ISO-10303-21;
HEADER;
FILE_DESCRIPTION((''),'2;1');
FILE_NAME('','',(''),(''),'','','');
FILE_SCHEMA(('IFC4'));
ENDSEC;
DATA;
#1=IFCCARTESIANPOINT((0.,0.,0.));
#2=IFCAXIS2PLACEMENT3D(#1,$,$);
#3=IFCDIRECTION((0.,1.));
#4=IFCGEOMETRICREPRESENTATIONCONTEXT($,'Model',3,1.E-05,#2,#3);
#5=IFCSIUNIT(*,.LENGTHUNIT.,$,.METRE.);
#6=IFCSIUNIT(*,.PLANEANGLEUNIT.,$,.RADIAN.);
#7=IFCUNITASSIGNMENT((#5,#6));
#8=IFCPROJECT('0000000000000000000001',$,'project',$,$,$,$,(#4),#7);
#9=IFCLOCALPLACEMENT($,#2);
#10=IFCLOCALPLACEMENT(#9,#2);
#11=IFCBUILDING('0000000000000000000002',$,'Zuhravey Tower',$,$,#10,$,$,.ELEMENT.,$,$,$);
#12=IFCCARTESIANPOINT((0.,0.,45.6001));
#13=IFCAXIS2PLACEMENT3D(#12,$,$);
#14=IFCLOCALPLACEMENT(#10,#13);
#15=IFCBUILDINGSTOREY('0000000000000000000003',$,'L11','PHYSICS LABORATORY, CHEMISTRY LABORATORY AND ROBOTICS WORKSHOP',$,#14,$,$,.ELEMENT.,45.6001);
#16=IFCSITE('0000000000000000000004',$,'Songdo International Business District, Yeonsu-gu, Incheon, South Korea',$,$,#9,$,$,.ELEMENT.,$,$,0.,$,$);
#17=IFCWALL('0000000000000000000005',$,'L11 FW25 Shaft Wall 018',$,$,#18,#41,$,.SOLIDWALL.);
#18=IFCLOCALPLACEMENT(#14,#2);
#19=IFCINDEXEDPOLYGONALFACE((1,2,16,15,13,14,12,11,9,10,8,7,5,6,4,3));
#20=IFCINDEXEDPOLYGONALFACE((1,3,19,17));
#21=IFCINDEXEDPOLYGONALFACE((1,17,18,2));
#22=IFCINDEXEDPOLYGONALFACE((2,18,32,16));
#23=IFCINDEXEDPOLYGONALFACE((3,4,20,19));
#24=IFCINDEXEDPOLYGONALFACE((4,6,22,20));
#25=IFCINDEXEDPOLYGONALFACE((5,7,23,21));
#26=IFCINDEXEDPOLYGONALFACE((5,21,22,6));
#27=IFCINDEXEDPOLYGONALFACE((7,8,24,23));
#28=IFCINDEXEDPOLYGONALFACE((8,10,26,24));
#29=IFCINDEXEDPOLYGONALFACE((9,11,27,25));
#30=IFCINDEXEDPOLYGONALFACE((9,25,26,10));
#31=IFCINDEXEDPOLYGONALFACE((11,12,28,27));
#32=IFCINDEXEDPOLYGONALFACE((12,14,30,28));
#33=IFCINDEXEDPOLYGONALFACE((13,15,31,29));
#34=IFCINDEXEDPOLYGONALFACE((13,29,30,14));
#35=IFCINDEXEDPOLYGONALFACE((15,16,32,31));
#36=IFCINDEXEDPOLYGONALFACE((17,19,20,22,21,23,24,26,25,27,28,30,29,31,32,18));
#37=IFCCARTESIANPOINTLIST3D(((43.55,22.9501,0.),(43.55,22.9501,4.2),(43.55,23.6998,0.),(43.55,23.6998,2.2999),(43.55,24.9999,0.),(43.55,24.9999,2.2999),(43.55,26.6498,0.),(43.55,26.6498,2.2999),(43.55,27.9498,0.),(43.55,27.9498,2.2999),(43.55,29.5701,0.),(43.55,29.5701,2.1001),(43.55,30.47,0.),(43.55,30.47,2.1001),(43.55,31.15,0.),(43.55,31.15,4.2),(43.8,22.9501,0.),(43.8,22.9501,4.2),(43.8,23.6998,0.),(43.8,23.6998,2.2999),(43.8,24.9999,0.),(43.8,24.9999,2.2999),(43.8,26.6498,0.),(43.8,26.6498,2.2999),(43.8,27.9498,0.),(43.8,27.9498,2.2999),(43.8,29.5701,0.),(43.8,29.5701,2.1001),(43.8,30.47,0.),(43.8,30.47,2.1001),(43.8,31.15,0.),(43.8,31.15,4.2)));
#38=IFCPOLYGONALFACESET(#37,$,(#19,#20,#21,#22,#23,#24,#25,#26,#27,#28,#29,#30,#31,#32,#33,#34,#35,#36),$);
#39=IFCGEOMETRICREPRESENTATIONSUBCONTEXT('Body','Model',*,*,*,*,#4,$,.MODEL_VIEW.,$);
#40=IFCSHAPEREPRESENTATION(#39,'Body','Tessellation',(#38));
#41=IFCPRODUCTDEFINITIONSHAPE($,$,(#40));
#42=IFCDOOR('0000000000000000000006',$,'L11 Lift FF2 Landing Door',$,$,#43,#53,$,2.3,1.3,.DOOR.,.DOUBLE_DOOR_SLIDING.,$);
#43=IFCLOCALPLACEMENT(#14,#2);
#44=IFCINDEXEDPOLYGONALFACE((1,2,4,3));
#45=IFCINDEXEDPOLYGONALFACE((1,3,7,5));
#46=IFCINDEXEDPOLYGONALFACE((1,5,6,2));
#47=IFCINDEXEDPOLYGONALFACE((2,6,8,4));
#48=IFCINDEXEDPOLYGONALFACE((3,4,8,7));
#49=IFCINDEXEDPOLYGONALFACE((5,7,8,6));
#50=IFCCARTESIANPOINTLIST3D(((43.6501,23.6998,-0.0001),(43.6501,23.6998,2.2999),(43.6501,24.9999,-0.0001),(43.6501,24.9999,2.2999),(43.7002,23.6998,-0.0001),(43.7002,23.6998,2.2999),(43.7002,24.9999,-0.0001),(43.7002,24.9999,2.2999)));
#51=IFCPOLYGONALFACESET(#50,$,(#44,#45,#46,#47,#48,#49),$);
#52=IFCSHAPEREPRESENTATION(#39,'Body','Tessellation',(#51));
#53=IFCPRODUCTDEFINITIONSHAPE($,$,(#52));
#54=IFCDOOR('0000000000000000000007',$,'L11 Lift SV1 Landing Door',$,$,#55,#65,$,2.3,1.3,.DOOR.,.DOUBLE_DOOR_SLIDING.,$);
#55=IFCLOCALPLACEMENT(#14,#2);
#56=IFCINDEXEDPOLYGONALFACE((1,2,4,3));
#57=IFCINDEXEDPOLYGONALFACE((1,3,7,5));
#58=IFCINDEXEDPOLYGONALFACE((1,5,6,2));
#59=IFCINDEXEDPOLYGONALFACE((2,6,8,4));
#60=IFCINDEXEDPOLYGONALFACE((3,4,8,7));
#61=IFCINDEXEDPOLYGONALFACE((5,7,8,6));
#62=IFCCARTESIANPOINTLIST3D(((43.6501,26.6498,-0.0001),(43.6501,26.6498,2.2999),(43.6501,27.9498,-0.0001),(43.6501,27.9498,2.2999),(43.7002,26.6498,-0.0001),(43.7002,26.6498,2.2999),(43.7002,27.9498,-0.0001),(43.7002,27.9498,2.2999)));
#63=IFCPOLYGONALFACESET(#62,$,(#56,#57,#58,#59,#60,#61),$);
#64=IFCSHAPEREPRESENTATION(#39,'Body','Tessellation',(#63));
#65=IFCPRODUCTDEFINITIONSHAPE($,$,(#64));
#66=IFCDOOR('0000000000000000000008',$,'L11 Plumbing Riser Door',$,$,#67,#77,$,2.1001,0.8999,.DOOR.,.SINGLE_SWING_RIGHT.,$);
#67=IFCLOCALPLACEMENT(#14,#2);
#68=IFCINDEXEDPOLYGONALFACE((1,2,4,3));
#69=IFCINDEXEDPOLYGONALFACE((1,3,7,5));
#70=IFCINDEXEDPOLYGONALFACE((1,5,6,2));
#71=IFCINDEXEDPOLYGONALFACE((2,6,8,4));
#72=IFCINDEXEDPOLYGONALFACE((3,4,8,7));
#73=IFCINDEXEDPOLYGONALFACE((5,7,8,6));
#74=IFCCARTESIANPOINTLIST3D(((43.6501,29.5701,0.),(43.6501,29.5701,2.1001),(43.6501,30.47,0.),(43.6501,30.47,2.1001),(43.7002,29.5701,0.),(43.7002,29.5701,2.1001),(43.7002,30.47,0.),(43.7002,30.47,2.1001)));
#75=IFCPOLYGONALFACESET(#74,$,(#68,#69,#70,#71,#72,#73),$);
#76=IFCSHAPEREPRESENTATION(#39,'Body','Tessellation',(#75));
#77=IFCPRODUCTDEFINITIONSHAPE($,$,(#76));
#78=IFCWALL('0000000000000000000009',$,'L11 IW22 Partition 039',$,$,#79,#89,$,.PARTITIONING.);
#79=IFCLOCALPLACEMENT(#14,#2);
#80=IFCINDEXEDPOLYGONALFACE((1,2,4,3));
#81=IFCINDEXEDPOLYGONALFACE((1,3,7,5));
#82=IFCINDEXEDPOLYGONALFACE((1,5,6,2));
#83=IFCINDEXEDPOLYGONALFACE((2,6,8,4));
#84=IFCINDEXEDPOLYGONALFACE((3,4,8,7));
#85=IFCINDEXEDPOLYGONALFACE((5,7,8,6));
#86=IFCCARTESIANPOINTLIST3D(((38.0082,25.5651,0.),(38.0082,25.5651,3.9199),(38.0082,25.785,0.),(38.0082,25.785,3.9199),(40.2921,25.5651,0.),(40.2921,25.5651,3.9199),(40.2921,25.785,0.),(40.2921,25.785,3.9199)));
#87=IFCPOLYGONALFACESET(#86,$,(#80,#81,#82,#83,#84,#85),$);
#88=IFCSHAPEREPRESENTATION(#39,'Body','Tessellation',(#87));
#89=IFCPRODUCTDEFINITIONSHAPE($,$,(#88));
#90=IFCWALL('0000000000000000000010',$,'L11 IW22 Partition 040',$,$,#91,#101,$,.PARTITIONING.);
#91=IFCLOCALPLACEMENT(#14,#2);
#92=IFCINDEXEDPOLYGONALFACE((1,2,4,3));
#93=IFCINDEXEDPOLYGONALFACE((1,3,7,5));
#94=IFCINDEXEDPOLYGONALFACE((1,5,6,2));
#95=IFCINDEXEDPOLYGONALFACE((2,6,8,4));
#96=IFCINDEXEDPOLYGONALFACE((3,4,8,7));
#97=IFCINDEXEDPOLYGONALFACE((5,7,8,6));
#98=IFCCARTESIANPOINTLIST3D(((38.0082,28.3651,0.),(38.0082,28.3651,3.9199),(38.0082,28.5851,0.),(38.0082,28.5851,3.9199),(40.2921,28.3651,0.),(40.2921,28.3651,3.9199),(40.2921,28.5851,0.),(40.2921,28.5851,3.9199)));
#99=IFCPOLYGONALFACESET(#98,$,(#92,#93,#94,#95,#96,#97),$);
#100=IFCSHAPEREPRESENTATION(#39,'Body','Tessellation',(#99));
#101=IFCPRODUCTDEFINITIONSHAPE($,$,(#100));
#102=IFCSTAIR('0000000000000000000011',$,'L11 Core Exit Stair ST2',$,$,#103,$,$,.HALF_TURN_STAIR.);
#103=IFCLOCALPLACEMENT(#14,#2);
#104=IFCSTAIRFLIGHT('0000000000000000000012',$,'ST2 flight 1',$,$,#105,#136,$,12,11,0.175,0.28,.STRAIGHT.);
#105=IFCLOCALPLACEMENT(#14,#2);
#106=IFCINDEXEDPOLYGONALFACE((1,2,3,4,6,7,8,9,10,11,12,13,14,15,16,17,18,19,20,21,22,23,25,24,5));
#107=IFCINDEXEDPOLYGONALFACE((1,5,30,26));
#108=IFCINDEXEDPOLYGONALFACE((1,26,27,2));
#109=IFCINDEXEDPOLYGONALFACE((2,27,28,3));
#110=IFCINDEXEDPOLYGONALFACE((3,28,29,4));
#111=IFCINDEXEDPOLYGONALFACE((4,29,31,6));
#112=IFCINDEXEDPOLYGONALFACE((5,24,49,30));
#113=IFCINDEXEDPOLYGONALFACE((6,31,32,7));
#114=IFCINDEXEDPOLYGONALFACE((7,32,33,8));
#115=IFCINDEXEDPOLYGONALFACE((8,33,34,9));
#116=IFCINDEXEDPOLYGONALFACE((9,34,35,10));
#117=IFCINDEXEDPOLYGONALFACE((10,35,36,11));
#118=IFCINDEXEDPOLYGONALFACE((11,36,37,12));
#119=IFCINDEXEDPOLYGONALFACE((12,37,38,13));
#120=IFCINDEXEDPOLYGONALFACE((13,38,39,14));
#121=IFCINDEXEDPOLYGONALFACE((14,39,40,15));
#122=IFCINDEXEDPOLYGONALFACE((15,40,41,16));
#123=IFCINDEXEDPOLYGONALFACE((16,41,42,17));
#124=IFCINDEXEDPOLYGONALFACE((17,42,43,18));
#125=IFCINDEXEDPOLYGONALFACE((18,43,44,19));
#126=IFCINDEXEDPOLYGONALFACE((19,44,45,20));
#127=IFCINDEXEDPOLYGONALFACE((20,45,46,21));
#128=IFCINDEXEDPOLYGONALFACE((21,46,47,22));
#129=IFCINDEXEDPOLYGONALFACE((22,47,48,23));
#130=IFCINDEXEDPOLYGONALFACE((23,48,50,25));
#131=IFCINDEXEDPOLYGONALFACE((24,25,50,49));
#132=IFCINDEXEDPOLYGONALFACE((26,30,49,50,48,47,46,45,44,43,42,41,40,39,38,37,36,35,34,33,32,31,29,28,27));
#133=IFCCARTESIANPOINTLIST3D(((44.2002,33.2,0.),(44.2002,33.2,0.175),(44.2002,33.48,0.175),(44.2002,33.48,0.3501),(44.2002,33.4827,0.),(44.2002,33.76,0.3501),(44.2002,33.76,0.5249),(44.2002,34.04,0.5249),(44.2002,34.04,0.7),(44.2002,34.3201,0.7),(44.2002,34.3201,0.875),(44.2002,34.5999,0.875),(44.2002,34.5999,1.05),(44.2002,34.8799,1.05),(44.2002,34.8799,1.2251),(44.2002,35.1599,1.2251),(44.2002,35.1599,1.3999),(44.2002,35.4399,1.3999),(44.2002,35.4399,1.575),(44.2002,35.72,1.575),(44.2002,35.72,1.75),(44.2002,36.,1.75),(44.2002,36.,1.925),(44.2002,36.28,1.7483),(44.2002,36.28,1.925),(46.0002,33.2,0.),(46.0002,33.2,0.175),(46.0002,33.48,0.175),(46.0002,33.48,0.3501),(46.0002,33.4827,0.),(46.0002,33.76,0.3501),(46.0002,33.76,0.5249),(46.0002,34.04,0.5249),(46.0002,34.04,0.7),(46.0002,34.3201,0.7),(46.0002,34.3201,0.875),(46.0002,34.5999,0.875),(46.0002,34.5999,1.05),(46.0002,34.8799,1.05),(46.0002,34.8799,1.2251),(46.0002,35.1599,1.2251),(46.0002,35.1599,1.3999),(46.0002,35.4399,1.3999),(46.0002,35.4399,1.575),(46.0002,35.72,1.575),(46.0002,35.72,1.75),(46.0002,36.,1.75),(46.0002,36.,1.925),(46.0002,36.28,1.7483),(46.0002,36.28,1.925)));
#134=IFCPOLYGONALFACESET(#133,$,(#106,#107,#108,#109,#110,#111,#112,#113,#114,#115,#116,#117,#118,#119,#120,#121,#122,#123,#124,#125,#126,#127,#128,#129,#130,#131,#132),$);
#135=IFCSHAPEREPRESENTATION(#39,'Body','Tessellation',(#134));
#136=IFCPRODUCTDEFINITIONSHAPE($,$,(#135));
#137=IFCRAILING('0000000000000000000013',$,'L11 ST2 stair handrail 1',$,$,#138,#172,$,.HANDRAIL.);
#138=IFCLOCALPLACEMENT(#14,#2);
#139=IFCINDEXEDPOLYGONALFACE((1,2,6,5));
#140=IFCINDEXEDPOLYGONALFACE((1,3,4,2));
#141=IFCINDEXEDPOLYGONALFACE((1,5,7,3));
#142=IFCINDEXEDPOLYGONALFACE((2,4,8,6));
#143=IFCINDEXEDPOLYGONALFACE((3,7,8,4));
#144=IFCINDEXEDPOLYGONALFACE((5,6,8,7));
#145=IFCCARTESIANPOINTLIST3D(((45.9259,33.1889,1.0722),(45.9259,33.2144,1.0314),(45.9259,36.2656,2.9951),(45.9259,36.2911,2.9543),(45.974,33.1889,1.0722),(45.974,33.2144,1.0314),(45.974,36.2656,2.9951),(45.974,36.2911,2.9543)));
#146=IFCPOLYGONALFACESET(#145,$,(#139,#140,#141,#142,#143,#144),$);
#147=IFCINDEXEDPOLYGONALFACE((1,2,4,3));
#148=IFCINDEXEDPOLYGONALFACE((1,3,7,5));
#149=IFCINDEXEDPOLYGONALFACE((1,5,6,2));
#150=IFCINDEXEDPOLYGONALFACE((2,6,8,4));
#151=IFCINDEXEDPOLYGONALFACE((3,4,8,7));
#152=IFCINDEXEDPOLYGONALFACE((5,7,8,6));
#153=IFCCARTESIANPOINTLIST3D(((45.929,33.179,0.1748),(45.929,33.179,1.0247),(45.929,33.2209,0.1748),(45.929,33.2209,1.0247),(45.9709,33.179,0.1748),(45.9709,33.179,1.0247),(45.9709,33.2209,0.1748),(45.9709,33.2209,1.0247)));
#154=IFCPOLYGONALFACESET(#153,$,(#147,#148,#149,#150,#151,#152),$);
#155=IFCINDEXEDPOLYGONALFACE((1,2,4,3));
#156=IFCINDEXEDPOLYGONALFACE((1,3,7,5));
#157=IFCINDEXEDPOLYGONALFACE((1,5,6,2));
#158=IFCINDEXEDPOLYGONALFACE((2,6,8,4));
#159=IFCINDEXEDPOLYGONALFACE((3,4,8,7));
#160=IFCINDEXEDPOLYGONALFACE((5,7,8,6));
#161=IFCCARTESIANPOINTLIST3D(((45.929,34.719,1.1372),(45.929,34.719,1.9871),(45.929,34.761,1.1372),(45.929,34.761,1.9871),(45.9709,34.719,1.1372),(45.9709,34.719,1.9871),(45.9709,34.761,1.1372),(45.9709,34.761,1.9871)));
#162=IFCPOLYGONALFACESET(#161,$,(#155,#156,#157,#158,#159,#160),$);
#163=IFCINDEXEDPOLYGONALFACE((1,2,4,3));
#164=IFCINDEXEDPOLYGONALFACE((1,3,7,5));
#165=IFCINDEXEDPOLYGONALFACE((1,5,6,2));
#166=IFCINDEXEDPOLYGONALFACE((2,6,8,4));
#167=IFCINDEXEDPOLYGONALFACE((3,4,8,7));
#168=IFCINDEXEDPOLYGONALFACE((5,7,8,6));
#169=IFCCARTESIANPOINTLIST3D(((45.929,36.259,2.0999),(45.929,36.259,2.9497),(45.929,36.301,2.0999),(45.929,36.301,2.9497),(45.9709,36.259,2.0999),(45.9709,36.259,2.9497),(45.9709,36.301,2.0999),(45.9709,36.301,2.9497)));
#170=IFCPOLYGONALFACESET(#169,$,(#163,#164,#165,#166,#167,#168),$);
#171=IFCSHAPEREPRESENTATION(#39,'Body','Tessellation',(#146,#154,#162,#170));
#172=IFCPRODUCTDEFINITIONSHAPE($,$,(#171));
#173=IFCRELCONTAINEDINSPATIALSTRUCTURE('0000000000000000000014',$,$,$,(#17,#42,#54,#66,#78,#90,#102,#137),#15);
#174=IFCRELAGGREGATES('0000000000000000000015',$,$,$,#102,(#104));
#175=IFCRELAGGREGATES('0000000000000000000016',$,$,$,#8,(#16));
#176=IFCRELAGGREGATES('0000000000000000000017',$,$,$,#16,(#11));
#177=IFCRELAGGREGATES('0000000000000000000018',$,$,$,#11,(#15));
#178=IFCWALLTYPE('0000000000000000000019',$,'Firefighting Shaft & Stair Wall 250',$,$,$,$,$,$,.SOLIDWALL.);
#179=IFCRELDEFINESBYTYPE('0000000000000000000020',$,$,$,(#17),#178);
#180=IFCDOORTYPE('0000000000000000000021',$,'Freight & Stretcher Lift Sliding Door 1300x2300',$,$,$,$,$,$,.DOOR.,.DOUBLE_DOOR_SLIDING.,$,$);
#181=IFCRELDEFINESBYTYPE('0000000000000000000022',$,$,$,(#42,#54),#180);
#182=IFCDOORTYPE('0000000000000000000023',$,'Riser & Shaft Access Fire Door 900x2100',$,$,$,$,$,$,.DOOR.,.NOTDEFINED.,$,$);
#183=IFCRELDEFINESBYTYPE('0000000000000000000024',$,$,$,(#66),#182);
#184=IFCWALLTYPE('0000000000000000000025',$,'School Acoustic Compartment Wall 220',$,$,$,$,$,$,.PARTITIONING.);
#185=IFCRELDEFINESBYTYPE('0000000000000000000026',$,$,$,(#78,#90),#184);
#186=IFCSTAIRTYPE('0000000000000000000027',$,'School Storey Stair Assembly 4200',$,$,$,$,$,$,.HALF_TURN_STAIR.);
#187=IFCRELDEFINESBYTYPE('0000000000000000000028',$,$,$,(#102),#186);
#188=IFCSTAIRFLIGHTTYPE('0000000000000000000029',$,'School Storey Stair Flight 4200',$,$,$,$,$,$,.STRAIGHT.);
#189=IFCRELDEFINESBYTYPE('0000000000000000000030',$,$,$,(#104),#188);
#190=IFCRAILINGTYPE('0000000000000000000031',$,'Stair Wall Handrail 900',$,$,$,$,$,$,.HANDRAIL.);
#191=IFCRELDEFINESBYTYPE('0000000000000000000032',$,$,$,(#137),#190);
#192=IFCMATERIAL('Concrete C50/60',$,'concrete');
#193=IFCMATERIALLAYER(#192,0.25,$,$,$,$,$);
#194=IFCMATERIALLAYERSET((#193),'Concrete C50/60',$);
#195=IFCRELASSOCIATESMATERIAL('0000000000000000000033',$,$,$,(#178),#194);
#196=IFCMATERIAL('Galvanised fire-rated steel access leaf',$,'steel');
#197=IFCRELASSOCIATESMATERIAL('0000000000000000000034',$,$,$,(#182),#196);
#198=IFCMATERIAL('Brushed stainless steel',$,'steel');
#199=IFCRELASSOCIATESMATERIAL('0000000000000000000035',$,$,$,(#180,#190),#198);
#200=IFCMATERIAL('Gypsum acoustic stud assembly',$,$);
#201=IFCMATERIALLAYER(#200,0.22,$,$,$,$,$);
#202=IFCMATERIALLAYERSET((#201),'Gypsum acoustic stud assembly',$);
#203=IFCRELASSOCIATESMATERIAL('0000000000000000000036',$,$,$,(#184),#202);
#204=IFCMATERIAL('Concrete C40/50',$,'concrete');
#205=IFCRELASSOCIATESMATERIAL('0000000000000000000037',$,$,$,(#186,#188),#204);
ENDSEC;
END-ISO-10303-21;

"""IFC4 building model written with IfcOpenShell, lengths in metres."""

from ifc_helpers import new_model, si_unit, direction, frame, frame_2d, origin, origin_2d, place, context, subcontext, project, spatial, polyline, rectangle, outline, extrude, material, layer, layer_set, type_object, element, fill, aggregate, save


model = new_model("IFC4")

# Units and contexts
model_context = context("Model", 3, precision=1e-05, world=origin(), true_north=direction((0.0, 1.0)))
body_context = subcontext(model_context, "Body", "Model", "MODEL_VIEW")
ifc_project = project(units=[si_unit("LENGTHUNIT", "METRE"), si_unit("PLANEANGLEUNIT", "RADIAN")], contexts=[model_context])

# Site, building, storey
site_placement = place(None, origin())
site = spatial("IfcSite", under=ifc_project, at=site_placement, Name="Songdo International Business District, Yeonsu-gu, Incheon, South Korea", CompositionType="ELEMENT", RefElevation=0.0)
building_placement = place(site_placement, origin())
building = spatial("IfcBuilding", under=site, at=building_placement, Name="Zuhravey Tower", CompositionType="ELEMENT")
storey_placement = place(building_placement, frame((0.0, 0.0, 45.6001)))
storey = spatial("IfcBuildingStorey", under=building, at=storey_placement, Name="L11", Description="PHYSICS LABORATORY, CHEMISTRY LABORATORY AND ROBOTICS WORKSHOP", CompositionType="ELEMENT", Elevation=45.6001)

# Shared definitions
ifc_material_1 = material(Name="Concrete C50/60", Category="concrete")
ifc_layer_1 = layer(ifc_material_1, 0.25)
ifc_layer_set_1 = layer_set([ifc_layer_1], Name="Concrete C50/60")
wall_type_1 = type_object("IfcWallType", Name="Firefighting Shaft & Stair Wall 250", PredefinedType="SOLIDWALL", material=ifc_layer_set_1)

# Shared definitions
ifc_material_2 = material(Name="Galvanised fire-rated steel access leaf", Category="steel")
door_type_1 = type_object("IfcDoorType", Name="Riser & Shaft Access Fire Door 900x2100", OperationType="NOTDEFINED", PredefinedType="DOOR", material=ifc_material_2)

# Wall, openings, doors
wall_1_placement = place(storey_placement, frame((43.675, 22.95, 0.0), z_axis=(0.0, 0.0, 1.0), x_axis=(0.0, 1.0, 0.0)))
wall_1 = element("IfcWall", 1, at=wall_1_placement, inside=storey, type_object=wall_type_1, Name="L11 FW25 Shaft Wall 018", PredefinedType="SOLIDWALL", context=body_context, shape_type="SweptSolid", body=[
    extrude(rectangle(XDim=8.2, YDim=0.25, at=frame_2d((4.1001, 0.0))), origin(), (0.0, 0.0, 1.0), 4.2),
])
opening_1_placement = place(wall_1_placement, frame((0.75, 0.0, 0.0)))
opening_1 = element("IfcOpeningElement", 2, at=opening_1_placement, cuts=wall_1, PredefinedType="OPENING", context=body_context, shape_type="SweptSolid", body=[
    extrude(rectangle(XDim=1.3, YDim=2.3, at=frame_2d((0.6499, 1.1499))), frame((0.0, 0.137, 0.0), z_axis=(0.0, -1.0, 0.0), x_axis=(1.0, 0.0, 0.0)), (0.0, 0.0, 1.0), 0.2739),
])
opening_2_placement = place(wall_1_placement, frame((3.7, 0.0, 0.0)))
opening_2 = element("IfcOpeningElement", 3, at=opening_2_placement, cuts=wall_1, PredefinedType="OPENING", context=body_context, shape_type="SweptSolid", body=[
    extrude(rectangle(XDim=1.3, YDim=2.3, at=frame_2d((0.6499, 1.1499))), frame((0.0, 0.137, 0.0), z_axis=(0.0, -1.0, 0.0), x_axis=(1.0, 0.0, 0.0)), (0.0, 0.0, 1.0), 0.2739),
])
opening_3_placement = place(wall_1_placement, frame((6.6201, 0.0, 0.0)))
opening_3 = element("IfcOpeningElement", 4, at=opening_3_placement, cuts=wall_1, PredefinedType="OPENING", context=body_context, shape_type="SweptSolid", body=[
    extrude(rectangle(XDim=0.8999, YDim=2.1001, at=frame_2d((0.45, 1.05))), frame((0.0, 0.137, 0.0), z_axis=(0.0, -1.0, 0.0), x_axis=(1.0, 0.0, 0.0)), (0.0, 0.0, 1.0), 0.2739),
])
ifc_material_3 = material(Name="Brushed stainless steel", Category="steel")
door_type_2 = type_object("IfcDoorType", Name="Freight & Stretcher Lift Sliding Door 1300x2300", OperationType="DOUBLE_DOOR_SLIDING", PredefinedType="DOOR", material=ifc_material_3)
door_1_placement = place(opening_1_placement, origin())
door_1 = element("IfcDoor", 5, at=door_1_placement, inside=storey, type_object=door_type_2, Name="L11 Lift FF2 Landing Door", OperationType="DOUBLE_DOOR_SLIDING", OverallHeight=2.3, OverallWidth=1.3, PredefinedType="DOOR", context=body_context, shape_type="SweptSolid", body=[
    extrude(rectangle(XDim=1.3, YDim=2.3, at=frame_2d((0.6499, 1.1499))), frame((0.0, 0.0249, 0.0), z_axis=(0.0, -1.0, 0.0), x_axis=(1.0, 0.0, 0.0)), (0.0, 0.0, 1.0), 0.05),
])
fill(opening_1, door_1)
door_2_placement = place(opening_2_placement, origin())
door_2 = element("IfcDoor", 6, at=door_2_placement, inside=storey, type_object=door_type_2, Name="L11 Lift SV1 Landing Door", OperationType="DOUBLE_DOOR_SLIDING", OverallHeight=2.3, OverallWidth=1.3, PredefinedType="DOOR", context=body_context, shape_type="SweptSolid", body=[
    extrude(rectangle(XDim=1.3, YDim=2.3, at=frame_2d((0.6499, 1.1499))), frame((0.0, 0.0249, 0.0), z_axis=(0.0, -1.0, 0.0), x_axis=(1.0, 0.0, 0.0)), (0.0, 0.0, 1.0), 0.05),
])
fill(opening_2, door_2)
door_3_placement = place(opening_3_placement, origin())
door_3 = element("IfcDoor", 7, at=door_3_placement, inside=storey, type_object=door_type_1, Name="L11 Plumbing Riser Door", OperationType="SINGLE_SWING_RIGHT", OverallHeight=2.1001, OverallWidth=0.8999, PredefinedType="DOOR", context=body_context, shape_type="SweptSolid", body=[
    extrude(rectangle(XDim=0.8999, YDim=2.1001, at=frame_2d((0.45, 1.05))), frame((0.0, 0.0249, 0.0), z_axis=(0.0, -1.0, 0.0), x_axis=(1.0, 0.0, 0.0)), (0.0, 0.0, 1.0), 0.05),
])
fill(opening_3, door_3)

# Walls
ifc_material_4 = material(Name="Gypsum acoustic stud assembly")
ifc_layer_2 = layer(ifc_material_4, 0.22)
ifc_layer_set_2 = layer_set([ifc_layer_2], Name="Gypsum acoustic stud assembly")
wall_type_2 = type_object("IfcWallType", Name="School Acoustic Compartment Wall 220", PredefinedType="PARTITIONING", material=ifc_layer_set_2)
for number, where, z_axis, x_axis, name in (
    (8, (38.0081, 25.675, 0.0), (0.0, 0.0, 1.0), (1.0, 0.0, 0.0), "L11 IW22 Partition 039"),
    (9, (38.0081, 28.4751, 0.0), (0.0, 0.0, 1.0), (1.0, 0.0, 0.0), "L11 IW22 Partition 040"),
):
    element("IfcWall", number, at=place(storey_placement, frame(where, z_axis=z_axis, x_axis=x_axis)), inside=storey, type_object=wall_type_2, Name=name, PredefinedType="PARTITIONING", context=body_context, shape_type="SweptSolid", body=[
        extrude(rectangle(XDim=2.2839, YDim=0.22, at=frame_2d((1.1421, 0.0))), origin(), (0.0, 0.0, 1.0), 3.9199),
    ])

# Stair, stair flight
ifc_material_5 = material(Name="Concrete C40/50", Category="concrete")
stair_type = type_object("IfcStairType", Name="School Storey Stair Assembly 4200", PredefinedType="HALF_TURN_STAIR", material=ifc_material_5)
stair_placement = place(storey_placement, origin())
stair = element("IfcStair", 10, at=stair_placement, inside=storey, type_object=stair_type, Name="L11 Core Exit Stair ST2", PredefinedType="HALF_TURN_STAIR")
stair_flight_type = type_object("IfcStairFlightType", Name="School Storey Stair Flight 4200", PredefinedType="STRAIGHT", material=ifc_material_5)
stair_flight_placement = place(storey_placement, frame((45.1001, 33.2, 0.0), z_axis=(0.0, 0.0, 1.0), x_axis=(0.0, 1.0, 0.0)))
stair_flight = element("IfcStairFlight", 11, at=stair_flight_placement, type_object=stair_flight_type, Name="ST2 flight 1", NumberOfRisers=12, NumberOfTreads=11, PredefinedType="STRAIGHT", RiserHeight=0.175, TreadLength=0.28, context=body_context, shape_type="SweptSolid", body=[
    extrude(outline(polyline([(0.0, 0.0), (0.0, 0.175), (0.28, 0.175), (0.28, 0.3501), (0.5601, 0.3501), (0.5601, 0.5249), (0.8401, 0.5249), (0.8401, 0.7), (1.1201, 0.7), (1.1201, 0.875), (1.3999, 0.875), (1.3999, 1.05), (1.6799, 1.05), (1.6799, 1.2251), (1.96, 1.2251), (1.96, 1.3999), (2.24, 1.3999), (2.24, 1.575), (2.52, 1.575), (2.52, 1.75), (2.8, 1.75), (2.8, 1.925), (3.0801, 1.925), (3.0801, 2.1001), (3.0801, 1.7483), (0.2827, 0.0), (0.0, 0.0)])), frame((0.0, 0.8999, 0.0), z_axis=(0.0, -1.0, 0.0), x_axis=(1.0, 0.0, 0.0)), (0.0, 0.0, 1.0), 1.8),
])
aggregate(stair, [stair_flight])

# Railing
railing_type_1 = type_object("IfcRailingType", Name="Stair Wall Handrail 900", PredefinedType="HANDRAIL", material=ifc_material_3)
railing_1_placement = place(storey_placement, frame((45.95, 33.2, 0.1748)))
element("IfcRailing", 12, at=railing_1_placement, inside=storey, type_object=railing_type_1, Name="L11 ST2 stair handrail 1", PredefinedType="HANDRAIL", context=body_context, shape_type="SweptSolid", body=[
    extrude(rectangle(XDim=0.0481, YDim=0.0481, at=origin_2d()), frame((0.0, 0.0017, 0.877), z_axis=(0.0, 0.847998, 0.529999), x_axis=(-1.0, 0.0, 0.0)), (0.0, 0.0, 1.0), 3.6282),
    extrude(rectangle(XDim=0.042, YDim=0.042, at=origin_2d()), origin(), (0.0, 0.0, 1.0), 0.8499),
    extrude(rectangle(XDim=0.042, YDim=0.042, at=origin_2d()), frame((0.0, 1.54, 0.9624)), (0.0, 0.0, 1.0), 0.8499),
    extrude(rectangle(XDim=0.042, YDim=0.042, at=origin_2d()), frame((0.0, 3.0801, 1.925)), (0.0, 0.0, 1.0), 0.8499),
])

save(model, "model.ifc")
